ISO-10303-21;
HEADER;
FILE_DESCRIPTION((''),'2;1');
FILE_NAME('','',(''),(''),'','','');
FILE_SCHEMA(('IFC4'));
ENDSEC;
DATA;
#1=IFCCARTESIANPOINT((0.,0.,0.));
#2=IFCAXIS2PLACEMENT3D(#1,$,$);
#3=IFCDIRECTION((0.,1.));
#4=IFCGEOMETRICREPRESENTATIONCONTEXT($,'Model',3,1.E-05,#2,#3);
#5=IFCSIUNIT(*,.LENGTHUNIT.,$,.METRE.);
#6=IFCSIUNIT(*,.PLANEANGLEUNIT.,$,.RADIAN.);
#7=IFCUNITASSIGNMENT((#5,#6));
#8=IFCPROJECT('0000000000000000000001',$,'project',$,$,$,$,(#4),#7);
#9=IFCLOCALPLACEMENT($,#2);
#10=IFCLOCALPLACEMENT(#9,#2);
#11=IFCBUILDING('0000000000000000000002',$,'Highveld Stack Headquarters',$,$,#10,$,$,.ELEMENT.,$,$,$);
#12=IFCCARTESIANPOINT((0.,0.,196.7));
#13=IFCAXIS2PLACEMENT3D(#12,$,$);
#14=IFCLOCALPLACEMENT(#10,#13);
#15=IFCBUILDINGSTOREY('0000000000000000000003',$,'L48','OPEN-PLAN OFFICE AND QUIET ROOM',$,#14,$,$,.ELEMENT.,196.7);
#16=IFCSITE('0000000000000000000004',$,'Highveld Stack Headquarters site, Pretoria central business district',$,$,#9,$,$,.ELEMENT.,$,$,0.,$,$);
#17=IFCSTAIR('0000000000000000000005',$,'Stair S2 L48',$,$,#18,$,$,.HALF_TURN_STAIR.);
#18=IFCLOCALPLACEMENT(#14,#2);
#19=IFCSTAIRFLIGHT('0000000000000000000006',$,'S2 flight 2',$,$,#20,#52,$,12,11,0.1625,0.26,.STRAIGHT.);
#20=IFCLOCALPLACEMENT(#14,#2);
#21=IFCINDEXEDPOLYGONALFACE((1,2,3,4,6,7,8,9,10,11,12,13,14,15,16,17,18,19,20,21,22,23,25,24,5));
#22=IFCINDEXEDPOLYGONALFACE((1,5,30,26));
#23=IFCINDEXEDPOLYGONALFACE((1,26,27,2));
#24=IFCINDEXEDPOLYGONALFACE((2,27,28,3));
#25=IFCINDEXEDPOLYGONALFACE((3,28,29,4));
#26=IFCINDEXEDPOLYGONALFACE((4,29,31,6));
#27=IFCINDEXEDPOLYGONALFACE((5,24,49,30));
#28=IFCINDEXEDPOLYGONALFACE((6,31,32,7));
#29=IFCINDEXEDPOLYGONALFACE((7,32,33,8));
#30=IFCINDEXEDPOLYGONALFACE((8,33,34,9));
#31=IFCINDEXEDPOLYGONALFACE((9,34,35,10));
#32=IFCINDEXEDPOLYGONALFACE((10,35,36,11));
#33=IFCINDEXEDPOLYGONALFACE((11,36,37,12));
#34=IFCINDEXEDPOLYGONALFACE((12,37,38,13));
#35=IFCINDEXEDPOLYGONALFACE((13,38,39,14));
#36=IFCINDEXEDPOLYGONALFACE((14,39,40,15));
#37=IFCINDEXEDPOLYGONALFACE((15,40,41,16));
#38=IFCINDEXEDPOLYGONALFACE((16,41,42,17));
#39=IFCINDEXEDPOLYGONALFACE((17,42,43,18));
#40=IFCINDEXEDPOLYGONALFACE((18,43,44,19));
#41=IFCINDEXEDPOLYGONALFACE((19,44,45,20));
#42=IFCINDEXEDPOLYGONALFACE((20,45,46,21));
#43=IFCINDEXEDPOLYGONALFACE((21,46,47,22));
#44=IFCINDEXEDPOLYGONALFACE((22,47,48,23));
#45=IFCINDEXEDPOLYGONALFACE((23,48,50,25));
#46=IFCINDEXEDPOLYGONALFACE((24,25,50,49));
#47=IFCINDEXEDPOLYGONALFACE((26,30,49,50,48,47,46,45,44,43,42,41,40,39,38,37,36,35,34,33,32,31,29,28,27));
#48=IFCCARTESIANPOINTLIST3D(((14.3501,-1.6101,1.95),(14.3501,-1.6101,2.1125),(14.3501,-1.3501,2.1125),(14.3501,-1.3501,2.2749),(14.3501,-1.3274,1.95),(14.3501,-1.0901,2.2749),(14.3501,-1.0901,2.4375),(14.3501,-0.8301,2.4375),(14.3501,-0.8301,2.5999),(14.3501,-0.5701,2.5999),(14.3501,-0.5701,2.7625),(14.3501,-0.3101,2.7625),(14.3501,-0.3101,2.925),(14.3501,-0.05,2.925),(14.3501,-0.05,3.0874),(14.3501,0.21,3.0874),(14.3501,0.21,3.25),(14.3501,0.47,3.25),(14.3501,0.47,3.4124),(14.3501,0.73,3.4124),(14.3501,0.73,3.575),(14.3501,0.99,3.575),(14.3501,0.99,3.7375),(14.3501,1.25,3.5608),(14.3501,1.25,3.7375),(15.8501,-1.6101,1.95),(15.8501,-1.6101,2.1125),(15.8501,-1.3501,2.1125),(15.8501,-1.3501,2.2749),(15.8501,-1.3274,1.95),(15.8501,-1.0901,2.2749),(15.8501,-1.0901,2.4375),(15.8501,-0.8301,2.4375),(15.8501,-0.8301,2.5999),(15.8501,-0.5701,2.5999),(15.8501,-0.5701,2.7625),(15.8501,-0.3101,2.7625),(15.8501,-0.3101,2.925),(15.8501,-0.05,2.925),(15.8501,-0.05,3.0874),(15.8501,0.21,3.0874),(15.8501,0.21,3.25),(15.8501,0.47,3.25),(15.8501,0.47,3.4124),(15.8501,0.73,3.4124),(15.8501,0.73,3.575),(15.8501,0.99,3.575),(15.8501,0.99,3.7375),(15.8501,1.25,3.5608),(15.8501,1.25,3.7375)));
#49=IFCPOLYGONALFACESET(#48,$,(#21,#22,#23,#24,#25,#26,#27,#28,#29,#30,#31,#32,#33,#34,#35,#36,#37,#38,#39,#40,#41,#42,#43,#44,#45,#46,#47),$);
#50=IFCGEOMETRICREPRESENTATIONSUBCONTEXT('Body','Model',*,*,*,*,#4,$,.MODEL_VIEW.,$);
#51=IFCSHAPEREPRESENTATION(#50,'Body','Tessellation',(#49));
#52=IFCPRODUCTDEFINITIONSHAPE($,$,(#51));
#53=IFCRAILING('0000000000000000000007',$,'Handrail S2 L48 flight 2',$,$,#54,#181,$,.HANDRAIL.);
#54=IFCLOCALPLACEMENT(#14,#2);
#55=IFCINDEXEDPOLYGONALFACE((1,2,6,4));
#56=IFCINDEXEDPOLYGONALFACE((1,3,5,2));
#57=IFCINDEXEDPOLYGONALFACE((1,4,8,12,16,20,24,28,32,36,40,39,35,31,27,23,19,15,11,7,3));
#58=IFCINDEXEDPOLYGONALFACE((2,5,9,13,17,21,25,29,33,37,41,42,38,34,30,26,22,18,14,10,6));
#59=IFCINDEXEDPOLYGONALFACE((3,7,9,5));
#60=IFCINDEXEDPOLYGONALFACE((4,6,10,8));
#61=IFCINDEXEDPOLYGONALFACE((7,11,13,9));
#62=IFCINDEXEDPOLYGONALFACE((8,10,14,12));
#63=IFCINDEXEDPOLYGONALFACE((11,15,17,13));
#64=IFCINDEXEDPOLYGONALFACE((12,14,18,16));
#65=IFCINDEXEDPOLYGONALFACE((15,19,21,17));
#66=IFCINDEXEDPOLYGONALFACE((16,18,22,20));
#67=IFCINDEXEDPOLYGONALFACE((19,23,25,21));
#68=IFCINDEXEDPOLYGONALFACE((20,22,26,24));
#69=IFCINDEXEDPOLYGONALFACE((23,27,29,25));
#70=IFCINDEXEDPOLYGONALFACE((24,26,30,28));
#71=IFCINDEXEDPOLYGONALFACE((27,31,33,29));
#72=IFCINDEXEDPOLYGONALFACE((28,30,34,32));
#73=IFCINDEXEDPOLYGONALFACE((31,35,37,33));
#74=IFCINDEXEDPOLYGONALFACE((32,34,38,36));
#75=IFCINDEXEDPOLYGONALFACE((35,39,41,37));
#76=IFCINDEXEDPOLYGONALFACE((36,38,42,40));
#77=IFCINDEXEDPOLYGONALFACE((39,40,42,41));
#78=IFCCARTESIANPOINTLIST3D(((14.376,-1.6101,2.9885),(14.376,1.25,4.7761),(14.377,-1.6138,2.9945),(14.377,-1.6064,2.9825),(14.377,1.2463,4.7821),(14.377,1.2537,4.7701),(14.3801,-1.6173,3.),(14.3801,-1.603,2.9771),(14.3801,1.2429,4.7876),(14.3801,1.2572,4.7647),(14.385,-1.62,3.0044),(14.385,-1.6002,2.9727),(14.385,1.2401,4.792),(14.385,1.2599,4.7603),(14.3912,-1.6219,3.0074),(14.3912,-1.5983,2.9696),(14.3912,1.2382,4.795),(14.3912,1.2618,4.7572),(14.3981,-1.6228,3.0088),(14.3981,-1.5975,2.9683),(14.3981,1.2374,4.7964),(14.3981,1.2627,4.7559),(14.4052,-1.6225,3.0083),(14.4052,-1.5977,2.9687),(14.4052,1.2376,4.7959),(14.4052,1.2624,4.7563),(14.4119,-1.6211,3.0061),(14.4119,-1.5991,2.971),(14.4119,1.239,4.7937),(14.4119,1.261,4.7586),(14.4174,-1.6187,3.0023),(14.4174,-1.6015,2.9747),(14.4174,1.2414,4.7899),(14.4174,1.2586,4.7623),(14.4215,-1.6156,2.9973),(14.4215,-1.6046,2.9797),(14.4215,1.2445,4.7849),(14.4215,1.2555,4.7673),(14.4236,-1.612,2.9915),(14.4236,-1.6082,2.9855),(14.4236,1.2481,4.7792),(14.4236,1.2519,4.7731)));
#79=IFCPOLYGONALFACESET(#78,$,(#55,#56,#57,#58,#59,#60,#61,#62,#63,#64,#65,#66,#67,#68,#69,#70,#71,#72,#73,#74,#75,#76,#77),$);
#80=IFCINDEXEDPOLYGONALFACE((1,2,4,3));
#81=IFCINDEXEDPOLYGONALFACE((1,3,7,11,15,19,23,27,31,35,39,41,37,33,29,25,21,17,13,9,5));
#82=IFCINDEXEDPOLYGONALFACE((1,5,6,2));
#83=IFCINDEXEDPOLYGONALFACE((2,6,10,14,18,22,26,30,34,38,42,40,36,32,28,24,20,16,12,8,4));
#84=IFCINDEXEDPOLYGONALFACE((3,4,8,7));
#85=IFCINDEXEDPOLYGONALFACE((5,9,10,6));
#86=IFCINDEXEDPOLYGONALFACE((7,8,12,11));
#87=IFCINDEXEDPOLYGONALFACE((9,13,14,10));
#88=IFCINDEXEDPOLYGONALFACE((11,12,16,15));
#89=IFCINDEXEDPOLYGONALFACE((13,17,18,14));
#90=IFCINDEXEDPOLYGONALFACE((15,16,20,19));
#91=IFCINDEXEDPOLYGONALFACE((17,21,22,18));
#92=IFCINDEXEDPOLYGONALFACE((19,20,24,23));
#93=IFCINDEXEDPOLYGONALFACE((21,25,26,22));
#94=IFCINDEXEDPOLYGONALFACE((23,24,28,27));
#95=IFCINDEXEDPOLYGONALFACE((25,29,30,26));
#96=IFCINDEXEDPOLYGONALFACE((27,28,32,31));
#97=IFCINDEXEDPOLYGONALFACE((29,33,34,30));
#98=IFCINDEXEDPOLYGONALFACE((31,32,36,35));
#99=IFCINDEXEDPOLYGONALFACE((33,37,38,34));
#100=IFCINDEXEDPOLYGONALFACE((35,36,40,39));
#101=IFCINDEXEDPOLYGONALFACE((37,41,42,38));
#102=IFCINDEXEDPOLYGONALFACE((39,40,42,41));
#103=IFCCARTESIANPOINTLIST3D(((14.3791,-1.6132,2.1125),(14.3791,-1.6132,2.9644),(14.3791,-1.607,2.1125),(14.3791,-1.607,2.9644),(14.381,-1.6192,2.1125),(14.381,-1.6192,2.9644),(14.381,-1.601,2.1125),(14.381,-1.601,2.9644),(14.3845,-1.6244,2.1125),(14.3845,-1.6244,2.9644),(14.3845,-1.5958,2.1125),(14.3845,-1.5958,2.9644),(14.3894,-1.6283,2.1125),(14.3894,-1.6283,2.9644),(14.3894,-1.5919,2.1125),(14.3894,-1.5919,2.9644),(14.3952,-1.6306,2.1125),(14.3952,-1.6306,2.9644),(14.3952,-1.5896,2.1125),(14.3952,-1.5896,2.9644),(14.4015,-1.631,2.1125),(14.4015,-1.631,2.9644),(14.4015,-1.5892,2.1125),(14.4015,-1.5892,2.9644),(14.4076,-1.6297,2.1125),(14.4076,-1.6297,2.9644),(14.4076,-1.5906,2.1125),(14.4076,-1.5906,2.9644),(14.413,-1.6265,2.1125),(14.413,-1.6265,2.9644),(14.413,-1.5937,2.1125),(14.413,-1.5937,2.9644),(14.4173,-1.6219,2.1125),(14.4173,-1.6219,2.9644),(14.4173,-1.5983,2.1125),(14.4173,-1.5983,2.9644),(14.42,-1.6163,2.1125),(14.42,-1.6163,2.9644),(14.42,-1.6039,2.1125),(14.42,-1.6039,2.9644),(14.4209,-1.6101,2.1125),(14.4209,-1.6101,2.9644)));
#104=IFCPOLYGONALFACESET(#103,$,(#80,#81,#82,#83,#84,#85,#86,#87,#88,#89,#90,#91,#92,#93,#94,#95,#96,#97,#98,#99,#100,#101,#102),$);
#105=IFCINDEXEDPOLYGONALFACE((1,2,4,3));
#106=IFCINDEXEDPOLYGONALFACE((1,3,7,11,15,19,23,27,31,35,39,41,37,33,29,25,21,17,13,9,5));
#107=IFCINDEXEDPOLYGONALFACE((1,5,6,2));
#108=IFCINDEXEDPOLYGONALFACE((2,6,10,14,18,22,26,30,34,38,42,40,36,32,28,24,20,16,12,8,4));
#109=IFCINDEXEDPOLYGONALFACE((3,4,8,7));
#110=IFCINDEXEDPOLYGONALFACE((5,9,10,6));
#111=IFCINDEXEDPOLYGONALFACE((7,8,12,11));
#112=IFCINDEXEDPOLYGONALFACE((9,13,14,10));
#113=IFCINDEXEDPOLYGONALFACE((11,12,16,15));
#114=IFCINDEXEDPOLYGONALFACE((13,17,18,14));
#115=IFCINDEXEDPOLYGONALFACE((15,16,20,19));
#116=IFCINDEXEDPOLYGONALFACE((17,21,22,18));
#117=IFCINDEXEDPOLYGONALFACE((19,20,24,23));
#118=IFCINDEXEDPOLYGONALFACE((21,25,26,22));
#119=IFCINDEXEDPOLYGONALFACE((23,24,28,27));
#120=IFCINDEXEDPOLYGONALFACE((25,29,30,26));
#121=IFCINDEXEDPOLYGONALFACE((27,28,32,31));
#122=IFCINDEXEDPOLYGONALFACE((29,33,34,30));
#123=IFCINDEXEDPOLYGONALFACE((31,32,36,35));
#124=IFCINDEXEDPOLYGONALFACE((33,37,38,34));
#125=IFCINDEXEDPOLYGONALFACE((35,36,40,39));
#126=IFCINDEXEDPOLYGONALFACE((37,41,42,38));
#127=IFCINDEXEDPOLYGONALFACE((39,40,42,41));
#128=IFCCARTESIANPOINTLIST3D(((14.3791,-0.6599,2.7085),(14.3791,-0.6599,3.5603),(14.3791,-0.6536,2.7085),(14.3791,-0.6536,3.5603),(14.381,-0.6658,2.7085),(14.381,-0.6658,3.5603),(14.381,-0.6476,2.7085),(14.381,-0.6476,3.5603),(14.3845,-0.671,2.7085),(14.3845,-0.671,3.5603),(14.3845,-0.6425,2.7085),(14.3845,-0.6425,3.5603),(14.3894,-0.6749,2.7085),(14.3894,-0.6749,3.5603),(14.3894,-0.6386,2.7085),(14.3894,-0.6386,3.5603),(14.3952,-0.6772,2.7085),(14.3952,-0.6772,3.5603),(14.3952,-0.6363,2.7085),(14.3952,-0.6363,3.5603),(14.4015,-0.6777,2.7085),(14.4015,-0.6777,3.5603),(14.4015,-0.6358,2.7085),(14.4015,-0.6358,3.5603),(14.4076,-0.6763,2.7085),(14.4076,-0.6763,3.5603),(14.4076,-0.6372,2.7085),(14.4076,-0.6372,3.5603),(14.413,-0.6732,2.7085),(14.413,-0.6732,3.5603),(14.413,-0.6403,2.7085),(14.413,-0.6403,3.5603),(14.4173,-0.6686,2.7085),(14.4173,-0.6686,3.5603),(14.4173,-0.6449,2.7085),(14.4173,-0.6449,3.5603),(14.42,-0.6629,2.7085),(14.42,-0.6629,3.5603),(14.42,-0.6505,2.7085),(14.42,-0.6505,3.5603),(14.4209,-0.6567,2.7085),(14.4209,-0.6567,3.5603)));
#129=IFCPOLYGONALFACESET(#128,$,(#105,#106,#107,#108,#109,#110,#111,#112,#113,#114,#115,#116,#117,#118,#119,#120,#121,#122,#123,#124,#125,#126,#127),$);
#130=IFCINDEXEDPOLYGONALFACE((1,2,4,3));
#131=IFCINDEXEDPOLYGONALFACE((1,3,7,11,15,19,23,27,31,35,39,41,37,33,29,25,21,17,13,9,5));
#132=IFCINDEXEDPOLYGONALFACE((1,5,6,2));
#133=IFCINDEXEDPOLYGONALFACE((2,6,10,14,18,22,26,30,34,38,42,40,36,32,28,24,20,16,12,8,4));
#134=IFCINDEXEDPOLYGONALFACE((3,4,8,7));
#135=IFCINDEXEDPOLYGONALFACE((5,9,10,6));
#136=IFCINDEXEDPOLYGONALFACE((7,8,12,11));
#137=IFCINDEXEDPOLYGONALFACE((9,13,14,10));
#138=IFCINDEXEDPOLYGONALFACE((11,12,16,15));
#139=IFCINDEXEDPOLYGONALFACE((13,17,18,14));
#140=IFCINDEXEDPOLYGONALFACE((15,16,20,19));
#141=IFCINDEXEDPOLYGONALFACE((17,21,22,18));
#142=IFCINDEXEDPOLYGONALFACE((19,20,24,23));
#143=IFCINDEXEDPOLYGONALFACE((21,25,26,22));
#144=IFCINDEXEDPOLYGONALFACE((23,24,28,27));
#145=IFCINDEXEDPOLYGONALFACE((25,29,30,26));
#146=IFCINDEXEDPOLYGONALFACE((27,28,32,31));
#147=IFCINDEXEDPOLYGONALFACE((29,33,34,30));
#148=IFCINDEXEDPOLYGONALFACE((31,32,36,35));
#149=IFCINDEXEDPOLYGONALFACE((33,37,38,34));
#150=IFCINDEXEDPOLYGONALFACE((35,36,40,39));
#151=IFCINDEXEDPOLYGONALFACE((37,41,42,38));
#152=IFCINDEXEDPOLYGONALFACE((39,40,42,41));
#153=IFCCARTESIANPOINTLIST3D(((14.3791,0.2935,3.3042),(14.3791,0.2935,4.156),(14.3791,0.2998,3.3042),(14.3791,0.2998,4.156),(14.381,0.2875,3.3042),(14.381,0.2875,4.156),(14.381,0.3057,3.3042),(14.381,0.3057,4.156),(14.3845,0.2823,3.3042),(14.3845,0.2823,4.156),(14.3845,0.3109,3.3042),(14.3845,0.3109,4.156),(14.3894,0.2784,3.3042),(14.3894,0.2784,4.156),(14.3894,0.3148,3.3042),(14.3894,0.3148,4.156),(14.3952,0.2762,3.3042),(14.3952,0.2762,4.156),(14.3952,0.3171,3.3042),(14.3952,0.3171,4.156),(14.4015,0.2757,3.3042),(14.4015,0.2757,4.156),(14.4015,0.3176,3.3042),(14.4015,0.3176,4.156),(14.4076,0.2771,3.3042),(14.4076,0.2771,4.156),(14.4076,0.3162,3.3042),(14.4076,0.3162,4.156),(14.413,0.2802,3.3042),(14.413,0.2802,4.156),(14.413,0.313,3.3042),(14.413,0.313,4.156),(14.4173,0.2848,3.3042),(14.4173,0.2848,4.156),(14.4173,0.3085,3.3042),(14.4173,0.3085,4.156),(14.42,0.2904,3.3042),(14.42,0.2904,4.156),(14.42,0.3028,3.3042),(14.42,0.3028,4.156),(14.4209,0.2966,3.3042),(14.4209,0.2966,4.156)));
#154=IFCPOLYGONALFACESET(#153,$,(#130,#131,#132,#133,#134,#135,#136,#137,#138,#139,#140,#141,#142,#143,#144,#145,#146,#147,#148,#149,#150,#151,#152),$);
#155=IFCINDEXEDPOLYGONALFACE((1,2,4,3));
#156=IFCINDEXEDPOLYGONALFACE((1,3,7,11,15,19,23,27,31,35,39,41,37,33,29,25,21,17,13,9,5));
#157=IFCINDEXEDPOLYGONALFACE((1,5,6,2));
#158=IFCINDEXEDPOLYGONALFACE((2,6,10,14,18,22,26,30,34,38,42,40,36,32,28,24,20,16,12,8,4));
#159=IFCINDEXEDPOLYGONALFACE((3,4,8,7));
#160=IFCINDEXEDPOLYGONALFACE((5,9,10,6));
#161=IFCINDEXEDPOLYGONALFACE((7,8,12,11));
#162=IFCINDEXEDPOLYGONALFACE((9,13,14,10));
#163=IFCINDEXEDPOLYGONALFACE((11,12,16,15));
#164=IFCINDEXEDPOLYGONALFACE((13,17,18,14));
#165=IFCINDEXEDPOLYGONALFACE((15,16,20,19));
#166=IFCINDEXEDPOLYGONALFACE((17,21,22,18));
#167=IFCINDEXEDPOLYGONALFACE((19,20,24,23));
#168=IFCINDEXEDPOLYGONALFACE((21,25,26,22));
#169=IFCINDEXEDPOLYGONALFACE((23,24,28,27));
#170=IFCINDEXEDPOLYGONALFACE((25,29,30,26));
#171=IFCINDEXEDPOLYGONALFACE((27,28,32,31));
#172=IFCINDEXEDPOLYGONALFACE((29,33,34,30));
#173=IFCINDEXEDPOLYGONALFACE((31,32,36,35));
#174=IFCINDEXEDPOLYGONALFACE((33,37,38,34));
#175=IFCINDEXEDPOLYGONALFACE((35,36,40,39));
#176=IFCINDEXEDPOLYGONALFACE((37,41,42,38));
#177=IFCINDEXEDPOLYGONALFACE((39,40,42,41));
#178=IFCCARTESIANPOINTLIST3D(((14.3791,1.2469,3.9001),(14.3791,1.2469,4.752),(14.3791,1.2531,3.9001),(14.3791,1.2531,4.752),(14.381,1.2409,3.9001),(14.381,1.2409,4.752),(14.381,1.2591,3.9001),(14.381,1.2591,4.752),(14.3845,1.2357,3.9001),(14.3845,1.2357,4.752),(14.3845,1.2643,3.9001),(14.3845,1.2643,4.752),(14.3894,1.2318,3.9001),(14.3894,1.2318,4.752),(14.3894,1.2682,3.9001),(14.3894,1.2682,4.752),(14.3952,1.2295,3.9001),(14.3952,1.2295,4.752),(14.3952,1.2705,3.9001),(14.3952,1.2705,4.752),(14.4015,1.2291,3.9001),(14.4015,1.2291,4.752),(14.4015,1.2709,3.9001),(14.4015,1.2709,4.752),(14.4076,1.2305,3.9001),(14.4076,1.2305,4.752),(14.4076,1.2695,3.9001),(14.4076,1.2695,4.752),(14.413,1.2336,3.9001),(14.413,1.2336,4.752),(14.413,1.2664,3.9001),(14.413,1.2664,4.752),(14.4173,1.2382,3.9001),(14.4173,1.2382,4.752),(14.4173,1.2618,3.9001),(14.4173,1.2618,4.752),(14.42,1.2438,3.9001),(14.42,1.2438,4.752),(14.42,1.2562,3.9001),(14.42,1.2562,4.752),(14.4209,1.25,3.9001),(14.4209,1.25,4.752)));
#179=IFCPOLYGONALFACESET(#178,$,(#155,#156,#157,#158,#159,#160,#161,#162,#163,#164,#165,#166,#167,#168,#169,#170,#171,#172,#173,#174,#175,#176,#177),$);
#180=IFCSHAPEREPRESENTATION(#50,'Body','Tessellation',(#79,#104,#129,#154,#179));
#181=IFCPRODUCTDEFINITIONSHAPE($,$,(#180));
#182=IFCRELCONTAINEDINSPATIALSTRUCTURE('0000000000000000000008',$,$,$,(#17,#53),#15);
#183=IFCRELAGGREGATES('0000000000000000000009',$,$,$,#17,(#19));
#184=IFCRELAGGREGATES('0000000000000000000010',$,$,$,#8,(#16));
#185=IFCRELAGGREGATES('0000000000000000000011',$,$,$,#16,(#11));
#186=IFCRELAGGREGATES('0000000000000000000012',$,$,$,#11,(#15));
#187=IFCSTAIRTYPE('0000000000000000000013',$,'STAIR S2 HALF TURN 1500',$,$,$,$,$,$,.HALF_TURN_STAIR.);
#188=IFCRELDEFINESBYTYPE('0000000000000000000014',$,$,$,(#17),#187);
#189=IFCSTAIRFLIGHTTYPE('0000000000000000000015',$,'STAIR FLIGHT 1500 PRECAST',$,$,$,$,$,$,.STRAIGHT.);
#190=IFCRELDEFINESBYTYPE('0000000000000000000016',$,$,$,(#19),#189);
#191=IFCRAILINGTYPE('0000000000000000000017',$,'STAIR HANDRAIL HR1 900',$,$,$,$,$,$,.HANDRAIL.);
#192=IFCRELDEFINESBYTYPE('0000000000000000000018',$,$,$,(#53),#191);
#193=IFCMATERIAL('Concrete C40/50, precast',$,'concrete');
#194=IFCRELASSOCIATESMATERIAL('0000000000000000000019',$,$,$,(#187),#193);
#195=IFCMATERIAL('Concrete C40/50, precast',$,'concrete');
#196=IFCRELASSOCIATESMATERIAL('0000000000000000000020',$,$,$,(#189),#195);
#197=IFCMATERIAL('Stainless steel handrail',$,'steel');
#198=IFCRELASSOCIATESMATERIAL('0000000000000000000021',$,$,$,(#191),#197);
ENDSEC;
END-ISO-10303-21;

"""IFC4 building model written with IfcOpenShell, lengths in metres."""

from ifc_helpers import new_model, si_unit, direction, frame, origin, origin_2d, place, context, subcontext, project, spatial, polyline, circle, outline, extrude, material, type_object, element, aggregate, save


model = new_model("IFC4")

# Units and contexts
model_context = context("Model", 3, precision=1e-05, world=origin(), true_north=direction((0.0, 1.0)))
body_context = subcontext(model_context, "Body", "Model", "MODEL_VIEW")
ifc_project = project(units=[si_unit("LENGTHUNIT", "METRE"), si_unit("PLANEANGLEUNIT", "RADIAN")], contexts=[model_context])

# Site, building, storey
site_placement = place(None, origin())
site = spatial("IfcSite", under=ifc_project, at=site_placement, Name="Highveld Stack Headquarters site, Pretoria central business district", CompositionType="ELEMENT", RefElevation=0.0)
building_placement = place(site_placement, origin())
building = spatial("IfcBuilding", under=site, at=building_placement, Name="Highveld Stack Headquarters", CompositionType="ELEMENT")
storey_placement = place(building_placement, frame((0.0, 0.0, 196.7)))
storey = spatial("IfcBuildingStorey", under=building, at=storey_placement, Name="L48", Description="OPEN-PLAN OFFICE AND QUIET ROOM", CompositionType="ELEMENT", Elevation=196.7)

# Stair
ifc_material_1 = material(Name="Concrete C40/50, precast", Category="concrete")
stair_type_1 = type_object("IfcStairType", Name="STAIR S2 HALF TURN 1500", PredefinedType="HALF_TURN_STAIR", material=ifc_material_1)
stair_1_placement = place(storey_placement, origin())
stair_1 = element("IfcStair", 1, at=stair_1_placement, inside=storey, type_object=stair_type_1, Name="Stair S2 L48", PredefinedType="HALF_TURN_STAIR")

# Stair flight
ifc_material_2 = material(Name="Concrete C40/50, precast", Category="concrete")
stair_flight_type = type_object("IfcStairFlightType", Name="STAIR FLIGHT 1500 PRECAST", PredefinedType="STRAIGHT", material=ifc_material_2)
stair_flight_placement = place(storey_placement, frame((15.1001, -1.6101, 1.95), z_axis=(0.0, 0.0, 1.0), x_axis=(0.0, 1.0, 0.0)))
stair_flight = element("IfcStairFlight", 2, at=stair_flight_placement, type_object=stair_flight_type, Name="S2 flight 2", NumberOfRisers=12, NumberOfTreads=11, PredefinedType="STRAIGHT", RiserHeight=0.1625, TreadLength=0.26, context=body_context, shape_type="SweptSolid", body=[
    extrude(outline(polyline([(0.0, 0.0), (0.0, 0.1626), (0.26, 0.1626), (0.26, 0.325), (0.52, 0.325), (0.52, 0.4875), (0.78, 0.4875), (0.78, 0.6499), (1.04, 0.6499), (1.04, 0.8125), (1.3, 0.8125), (1.3, 0.9751), (1.5601, 0.9751), (1.5601, 1.1375), (1.8201, 1.1375), (1.8201, 1.3), (2.0801, 1.3), (2.0801, 1.4624), (2.3401, 1.4624), (2.3401, 1.625), (2.6001, 1.625), (2.6001, 1.7876), (2.8601, 1.7876), (2.8601, 1.95), (2.8601, 1.6108), (0.2827, 0.0), (0.0, 0.0)])), frame((0.0, 0.75, 0.0), z_axis=(0.0, -1.0, 0.0), x_axis=(1.0, 0.0, 0.0)), (0.0, 0.0, 1.0), 1.5),
])
aggregate(stair_1, [stair_flight])

# Railing
ifc_material_3 = material(Name="Stainless steel handrail", Category="steel")
railing_type = type_object("IfcRailingType", Name="STAIR HANDRAIL HR1 900", PredefinedType="HANDRAIL", material=ifc_material_3)
railing_placement = place(storey_placement, frame((14.3999, -1.6101, 2.1125)))
element("IfcRailing", 3, at=railing_placement, inside=storey, type_object=railing_type, Name="Handrail S2 L48 flight 2", PredefinedType="HANDRAIL", context=body_context, shape_type="SweptSolid", body=[
    extrude(circle(Radius=0.0239, at=origin_2d()), frame((0.0, 0.0, 0.876), z_axis=(0.0, 0.847994, 0.530005), x_axis=(-1.0, 0.0, 0.0)), (0.0, 0.0, 1.0), 3.3728),
    extrude(circle(Radius=0.021, at=origin_2d()), origin(), (0.0, 0.0, 1.0), 0.8518),
    extrude(circle(Radius=0.021, at=origin_2d()), frame((0.0, 0.9534, 0.5959)), (0.0, 0.0, 1.0), 0.8518),
    extrude(circle(Radius=0.021, at=origin_2d()), frame((0.0, 1.9067, 1.1917)), (0.0, 0.0, 1.0), 0.8518),
    extrude(circle(Radius=0.021, at=origin_2d()), frame((0.0, 2.8601, 1.7876)), (0.0, 0.0, 1.0), 0.8518),
])

save(model, "model.ifc")
